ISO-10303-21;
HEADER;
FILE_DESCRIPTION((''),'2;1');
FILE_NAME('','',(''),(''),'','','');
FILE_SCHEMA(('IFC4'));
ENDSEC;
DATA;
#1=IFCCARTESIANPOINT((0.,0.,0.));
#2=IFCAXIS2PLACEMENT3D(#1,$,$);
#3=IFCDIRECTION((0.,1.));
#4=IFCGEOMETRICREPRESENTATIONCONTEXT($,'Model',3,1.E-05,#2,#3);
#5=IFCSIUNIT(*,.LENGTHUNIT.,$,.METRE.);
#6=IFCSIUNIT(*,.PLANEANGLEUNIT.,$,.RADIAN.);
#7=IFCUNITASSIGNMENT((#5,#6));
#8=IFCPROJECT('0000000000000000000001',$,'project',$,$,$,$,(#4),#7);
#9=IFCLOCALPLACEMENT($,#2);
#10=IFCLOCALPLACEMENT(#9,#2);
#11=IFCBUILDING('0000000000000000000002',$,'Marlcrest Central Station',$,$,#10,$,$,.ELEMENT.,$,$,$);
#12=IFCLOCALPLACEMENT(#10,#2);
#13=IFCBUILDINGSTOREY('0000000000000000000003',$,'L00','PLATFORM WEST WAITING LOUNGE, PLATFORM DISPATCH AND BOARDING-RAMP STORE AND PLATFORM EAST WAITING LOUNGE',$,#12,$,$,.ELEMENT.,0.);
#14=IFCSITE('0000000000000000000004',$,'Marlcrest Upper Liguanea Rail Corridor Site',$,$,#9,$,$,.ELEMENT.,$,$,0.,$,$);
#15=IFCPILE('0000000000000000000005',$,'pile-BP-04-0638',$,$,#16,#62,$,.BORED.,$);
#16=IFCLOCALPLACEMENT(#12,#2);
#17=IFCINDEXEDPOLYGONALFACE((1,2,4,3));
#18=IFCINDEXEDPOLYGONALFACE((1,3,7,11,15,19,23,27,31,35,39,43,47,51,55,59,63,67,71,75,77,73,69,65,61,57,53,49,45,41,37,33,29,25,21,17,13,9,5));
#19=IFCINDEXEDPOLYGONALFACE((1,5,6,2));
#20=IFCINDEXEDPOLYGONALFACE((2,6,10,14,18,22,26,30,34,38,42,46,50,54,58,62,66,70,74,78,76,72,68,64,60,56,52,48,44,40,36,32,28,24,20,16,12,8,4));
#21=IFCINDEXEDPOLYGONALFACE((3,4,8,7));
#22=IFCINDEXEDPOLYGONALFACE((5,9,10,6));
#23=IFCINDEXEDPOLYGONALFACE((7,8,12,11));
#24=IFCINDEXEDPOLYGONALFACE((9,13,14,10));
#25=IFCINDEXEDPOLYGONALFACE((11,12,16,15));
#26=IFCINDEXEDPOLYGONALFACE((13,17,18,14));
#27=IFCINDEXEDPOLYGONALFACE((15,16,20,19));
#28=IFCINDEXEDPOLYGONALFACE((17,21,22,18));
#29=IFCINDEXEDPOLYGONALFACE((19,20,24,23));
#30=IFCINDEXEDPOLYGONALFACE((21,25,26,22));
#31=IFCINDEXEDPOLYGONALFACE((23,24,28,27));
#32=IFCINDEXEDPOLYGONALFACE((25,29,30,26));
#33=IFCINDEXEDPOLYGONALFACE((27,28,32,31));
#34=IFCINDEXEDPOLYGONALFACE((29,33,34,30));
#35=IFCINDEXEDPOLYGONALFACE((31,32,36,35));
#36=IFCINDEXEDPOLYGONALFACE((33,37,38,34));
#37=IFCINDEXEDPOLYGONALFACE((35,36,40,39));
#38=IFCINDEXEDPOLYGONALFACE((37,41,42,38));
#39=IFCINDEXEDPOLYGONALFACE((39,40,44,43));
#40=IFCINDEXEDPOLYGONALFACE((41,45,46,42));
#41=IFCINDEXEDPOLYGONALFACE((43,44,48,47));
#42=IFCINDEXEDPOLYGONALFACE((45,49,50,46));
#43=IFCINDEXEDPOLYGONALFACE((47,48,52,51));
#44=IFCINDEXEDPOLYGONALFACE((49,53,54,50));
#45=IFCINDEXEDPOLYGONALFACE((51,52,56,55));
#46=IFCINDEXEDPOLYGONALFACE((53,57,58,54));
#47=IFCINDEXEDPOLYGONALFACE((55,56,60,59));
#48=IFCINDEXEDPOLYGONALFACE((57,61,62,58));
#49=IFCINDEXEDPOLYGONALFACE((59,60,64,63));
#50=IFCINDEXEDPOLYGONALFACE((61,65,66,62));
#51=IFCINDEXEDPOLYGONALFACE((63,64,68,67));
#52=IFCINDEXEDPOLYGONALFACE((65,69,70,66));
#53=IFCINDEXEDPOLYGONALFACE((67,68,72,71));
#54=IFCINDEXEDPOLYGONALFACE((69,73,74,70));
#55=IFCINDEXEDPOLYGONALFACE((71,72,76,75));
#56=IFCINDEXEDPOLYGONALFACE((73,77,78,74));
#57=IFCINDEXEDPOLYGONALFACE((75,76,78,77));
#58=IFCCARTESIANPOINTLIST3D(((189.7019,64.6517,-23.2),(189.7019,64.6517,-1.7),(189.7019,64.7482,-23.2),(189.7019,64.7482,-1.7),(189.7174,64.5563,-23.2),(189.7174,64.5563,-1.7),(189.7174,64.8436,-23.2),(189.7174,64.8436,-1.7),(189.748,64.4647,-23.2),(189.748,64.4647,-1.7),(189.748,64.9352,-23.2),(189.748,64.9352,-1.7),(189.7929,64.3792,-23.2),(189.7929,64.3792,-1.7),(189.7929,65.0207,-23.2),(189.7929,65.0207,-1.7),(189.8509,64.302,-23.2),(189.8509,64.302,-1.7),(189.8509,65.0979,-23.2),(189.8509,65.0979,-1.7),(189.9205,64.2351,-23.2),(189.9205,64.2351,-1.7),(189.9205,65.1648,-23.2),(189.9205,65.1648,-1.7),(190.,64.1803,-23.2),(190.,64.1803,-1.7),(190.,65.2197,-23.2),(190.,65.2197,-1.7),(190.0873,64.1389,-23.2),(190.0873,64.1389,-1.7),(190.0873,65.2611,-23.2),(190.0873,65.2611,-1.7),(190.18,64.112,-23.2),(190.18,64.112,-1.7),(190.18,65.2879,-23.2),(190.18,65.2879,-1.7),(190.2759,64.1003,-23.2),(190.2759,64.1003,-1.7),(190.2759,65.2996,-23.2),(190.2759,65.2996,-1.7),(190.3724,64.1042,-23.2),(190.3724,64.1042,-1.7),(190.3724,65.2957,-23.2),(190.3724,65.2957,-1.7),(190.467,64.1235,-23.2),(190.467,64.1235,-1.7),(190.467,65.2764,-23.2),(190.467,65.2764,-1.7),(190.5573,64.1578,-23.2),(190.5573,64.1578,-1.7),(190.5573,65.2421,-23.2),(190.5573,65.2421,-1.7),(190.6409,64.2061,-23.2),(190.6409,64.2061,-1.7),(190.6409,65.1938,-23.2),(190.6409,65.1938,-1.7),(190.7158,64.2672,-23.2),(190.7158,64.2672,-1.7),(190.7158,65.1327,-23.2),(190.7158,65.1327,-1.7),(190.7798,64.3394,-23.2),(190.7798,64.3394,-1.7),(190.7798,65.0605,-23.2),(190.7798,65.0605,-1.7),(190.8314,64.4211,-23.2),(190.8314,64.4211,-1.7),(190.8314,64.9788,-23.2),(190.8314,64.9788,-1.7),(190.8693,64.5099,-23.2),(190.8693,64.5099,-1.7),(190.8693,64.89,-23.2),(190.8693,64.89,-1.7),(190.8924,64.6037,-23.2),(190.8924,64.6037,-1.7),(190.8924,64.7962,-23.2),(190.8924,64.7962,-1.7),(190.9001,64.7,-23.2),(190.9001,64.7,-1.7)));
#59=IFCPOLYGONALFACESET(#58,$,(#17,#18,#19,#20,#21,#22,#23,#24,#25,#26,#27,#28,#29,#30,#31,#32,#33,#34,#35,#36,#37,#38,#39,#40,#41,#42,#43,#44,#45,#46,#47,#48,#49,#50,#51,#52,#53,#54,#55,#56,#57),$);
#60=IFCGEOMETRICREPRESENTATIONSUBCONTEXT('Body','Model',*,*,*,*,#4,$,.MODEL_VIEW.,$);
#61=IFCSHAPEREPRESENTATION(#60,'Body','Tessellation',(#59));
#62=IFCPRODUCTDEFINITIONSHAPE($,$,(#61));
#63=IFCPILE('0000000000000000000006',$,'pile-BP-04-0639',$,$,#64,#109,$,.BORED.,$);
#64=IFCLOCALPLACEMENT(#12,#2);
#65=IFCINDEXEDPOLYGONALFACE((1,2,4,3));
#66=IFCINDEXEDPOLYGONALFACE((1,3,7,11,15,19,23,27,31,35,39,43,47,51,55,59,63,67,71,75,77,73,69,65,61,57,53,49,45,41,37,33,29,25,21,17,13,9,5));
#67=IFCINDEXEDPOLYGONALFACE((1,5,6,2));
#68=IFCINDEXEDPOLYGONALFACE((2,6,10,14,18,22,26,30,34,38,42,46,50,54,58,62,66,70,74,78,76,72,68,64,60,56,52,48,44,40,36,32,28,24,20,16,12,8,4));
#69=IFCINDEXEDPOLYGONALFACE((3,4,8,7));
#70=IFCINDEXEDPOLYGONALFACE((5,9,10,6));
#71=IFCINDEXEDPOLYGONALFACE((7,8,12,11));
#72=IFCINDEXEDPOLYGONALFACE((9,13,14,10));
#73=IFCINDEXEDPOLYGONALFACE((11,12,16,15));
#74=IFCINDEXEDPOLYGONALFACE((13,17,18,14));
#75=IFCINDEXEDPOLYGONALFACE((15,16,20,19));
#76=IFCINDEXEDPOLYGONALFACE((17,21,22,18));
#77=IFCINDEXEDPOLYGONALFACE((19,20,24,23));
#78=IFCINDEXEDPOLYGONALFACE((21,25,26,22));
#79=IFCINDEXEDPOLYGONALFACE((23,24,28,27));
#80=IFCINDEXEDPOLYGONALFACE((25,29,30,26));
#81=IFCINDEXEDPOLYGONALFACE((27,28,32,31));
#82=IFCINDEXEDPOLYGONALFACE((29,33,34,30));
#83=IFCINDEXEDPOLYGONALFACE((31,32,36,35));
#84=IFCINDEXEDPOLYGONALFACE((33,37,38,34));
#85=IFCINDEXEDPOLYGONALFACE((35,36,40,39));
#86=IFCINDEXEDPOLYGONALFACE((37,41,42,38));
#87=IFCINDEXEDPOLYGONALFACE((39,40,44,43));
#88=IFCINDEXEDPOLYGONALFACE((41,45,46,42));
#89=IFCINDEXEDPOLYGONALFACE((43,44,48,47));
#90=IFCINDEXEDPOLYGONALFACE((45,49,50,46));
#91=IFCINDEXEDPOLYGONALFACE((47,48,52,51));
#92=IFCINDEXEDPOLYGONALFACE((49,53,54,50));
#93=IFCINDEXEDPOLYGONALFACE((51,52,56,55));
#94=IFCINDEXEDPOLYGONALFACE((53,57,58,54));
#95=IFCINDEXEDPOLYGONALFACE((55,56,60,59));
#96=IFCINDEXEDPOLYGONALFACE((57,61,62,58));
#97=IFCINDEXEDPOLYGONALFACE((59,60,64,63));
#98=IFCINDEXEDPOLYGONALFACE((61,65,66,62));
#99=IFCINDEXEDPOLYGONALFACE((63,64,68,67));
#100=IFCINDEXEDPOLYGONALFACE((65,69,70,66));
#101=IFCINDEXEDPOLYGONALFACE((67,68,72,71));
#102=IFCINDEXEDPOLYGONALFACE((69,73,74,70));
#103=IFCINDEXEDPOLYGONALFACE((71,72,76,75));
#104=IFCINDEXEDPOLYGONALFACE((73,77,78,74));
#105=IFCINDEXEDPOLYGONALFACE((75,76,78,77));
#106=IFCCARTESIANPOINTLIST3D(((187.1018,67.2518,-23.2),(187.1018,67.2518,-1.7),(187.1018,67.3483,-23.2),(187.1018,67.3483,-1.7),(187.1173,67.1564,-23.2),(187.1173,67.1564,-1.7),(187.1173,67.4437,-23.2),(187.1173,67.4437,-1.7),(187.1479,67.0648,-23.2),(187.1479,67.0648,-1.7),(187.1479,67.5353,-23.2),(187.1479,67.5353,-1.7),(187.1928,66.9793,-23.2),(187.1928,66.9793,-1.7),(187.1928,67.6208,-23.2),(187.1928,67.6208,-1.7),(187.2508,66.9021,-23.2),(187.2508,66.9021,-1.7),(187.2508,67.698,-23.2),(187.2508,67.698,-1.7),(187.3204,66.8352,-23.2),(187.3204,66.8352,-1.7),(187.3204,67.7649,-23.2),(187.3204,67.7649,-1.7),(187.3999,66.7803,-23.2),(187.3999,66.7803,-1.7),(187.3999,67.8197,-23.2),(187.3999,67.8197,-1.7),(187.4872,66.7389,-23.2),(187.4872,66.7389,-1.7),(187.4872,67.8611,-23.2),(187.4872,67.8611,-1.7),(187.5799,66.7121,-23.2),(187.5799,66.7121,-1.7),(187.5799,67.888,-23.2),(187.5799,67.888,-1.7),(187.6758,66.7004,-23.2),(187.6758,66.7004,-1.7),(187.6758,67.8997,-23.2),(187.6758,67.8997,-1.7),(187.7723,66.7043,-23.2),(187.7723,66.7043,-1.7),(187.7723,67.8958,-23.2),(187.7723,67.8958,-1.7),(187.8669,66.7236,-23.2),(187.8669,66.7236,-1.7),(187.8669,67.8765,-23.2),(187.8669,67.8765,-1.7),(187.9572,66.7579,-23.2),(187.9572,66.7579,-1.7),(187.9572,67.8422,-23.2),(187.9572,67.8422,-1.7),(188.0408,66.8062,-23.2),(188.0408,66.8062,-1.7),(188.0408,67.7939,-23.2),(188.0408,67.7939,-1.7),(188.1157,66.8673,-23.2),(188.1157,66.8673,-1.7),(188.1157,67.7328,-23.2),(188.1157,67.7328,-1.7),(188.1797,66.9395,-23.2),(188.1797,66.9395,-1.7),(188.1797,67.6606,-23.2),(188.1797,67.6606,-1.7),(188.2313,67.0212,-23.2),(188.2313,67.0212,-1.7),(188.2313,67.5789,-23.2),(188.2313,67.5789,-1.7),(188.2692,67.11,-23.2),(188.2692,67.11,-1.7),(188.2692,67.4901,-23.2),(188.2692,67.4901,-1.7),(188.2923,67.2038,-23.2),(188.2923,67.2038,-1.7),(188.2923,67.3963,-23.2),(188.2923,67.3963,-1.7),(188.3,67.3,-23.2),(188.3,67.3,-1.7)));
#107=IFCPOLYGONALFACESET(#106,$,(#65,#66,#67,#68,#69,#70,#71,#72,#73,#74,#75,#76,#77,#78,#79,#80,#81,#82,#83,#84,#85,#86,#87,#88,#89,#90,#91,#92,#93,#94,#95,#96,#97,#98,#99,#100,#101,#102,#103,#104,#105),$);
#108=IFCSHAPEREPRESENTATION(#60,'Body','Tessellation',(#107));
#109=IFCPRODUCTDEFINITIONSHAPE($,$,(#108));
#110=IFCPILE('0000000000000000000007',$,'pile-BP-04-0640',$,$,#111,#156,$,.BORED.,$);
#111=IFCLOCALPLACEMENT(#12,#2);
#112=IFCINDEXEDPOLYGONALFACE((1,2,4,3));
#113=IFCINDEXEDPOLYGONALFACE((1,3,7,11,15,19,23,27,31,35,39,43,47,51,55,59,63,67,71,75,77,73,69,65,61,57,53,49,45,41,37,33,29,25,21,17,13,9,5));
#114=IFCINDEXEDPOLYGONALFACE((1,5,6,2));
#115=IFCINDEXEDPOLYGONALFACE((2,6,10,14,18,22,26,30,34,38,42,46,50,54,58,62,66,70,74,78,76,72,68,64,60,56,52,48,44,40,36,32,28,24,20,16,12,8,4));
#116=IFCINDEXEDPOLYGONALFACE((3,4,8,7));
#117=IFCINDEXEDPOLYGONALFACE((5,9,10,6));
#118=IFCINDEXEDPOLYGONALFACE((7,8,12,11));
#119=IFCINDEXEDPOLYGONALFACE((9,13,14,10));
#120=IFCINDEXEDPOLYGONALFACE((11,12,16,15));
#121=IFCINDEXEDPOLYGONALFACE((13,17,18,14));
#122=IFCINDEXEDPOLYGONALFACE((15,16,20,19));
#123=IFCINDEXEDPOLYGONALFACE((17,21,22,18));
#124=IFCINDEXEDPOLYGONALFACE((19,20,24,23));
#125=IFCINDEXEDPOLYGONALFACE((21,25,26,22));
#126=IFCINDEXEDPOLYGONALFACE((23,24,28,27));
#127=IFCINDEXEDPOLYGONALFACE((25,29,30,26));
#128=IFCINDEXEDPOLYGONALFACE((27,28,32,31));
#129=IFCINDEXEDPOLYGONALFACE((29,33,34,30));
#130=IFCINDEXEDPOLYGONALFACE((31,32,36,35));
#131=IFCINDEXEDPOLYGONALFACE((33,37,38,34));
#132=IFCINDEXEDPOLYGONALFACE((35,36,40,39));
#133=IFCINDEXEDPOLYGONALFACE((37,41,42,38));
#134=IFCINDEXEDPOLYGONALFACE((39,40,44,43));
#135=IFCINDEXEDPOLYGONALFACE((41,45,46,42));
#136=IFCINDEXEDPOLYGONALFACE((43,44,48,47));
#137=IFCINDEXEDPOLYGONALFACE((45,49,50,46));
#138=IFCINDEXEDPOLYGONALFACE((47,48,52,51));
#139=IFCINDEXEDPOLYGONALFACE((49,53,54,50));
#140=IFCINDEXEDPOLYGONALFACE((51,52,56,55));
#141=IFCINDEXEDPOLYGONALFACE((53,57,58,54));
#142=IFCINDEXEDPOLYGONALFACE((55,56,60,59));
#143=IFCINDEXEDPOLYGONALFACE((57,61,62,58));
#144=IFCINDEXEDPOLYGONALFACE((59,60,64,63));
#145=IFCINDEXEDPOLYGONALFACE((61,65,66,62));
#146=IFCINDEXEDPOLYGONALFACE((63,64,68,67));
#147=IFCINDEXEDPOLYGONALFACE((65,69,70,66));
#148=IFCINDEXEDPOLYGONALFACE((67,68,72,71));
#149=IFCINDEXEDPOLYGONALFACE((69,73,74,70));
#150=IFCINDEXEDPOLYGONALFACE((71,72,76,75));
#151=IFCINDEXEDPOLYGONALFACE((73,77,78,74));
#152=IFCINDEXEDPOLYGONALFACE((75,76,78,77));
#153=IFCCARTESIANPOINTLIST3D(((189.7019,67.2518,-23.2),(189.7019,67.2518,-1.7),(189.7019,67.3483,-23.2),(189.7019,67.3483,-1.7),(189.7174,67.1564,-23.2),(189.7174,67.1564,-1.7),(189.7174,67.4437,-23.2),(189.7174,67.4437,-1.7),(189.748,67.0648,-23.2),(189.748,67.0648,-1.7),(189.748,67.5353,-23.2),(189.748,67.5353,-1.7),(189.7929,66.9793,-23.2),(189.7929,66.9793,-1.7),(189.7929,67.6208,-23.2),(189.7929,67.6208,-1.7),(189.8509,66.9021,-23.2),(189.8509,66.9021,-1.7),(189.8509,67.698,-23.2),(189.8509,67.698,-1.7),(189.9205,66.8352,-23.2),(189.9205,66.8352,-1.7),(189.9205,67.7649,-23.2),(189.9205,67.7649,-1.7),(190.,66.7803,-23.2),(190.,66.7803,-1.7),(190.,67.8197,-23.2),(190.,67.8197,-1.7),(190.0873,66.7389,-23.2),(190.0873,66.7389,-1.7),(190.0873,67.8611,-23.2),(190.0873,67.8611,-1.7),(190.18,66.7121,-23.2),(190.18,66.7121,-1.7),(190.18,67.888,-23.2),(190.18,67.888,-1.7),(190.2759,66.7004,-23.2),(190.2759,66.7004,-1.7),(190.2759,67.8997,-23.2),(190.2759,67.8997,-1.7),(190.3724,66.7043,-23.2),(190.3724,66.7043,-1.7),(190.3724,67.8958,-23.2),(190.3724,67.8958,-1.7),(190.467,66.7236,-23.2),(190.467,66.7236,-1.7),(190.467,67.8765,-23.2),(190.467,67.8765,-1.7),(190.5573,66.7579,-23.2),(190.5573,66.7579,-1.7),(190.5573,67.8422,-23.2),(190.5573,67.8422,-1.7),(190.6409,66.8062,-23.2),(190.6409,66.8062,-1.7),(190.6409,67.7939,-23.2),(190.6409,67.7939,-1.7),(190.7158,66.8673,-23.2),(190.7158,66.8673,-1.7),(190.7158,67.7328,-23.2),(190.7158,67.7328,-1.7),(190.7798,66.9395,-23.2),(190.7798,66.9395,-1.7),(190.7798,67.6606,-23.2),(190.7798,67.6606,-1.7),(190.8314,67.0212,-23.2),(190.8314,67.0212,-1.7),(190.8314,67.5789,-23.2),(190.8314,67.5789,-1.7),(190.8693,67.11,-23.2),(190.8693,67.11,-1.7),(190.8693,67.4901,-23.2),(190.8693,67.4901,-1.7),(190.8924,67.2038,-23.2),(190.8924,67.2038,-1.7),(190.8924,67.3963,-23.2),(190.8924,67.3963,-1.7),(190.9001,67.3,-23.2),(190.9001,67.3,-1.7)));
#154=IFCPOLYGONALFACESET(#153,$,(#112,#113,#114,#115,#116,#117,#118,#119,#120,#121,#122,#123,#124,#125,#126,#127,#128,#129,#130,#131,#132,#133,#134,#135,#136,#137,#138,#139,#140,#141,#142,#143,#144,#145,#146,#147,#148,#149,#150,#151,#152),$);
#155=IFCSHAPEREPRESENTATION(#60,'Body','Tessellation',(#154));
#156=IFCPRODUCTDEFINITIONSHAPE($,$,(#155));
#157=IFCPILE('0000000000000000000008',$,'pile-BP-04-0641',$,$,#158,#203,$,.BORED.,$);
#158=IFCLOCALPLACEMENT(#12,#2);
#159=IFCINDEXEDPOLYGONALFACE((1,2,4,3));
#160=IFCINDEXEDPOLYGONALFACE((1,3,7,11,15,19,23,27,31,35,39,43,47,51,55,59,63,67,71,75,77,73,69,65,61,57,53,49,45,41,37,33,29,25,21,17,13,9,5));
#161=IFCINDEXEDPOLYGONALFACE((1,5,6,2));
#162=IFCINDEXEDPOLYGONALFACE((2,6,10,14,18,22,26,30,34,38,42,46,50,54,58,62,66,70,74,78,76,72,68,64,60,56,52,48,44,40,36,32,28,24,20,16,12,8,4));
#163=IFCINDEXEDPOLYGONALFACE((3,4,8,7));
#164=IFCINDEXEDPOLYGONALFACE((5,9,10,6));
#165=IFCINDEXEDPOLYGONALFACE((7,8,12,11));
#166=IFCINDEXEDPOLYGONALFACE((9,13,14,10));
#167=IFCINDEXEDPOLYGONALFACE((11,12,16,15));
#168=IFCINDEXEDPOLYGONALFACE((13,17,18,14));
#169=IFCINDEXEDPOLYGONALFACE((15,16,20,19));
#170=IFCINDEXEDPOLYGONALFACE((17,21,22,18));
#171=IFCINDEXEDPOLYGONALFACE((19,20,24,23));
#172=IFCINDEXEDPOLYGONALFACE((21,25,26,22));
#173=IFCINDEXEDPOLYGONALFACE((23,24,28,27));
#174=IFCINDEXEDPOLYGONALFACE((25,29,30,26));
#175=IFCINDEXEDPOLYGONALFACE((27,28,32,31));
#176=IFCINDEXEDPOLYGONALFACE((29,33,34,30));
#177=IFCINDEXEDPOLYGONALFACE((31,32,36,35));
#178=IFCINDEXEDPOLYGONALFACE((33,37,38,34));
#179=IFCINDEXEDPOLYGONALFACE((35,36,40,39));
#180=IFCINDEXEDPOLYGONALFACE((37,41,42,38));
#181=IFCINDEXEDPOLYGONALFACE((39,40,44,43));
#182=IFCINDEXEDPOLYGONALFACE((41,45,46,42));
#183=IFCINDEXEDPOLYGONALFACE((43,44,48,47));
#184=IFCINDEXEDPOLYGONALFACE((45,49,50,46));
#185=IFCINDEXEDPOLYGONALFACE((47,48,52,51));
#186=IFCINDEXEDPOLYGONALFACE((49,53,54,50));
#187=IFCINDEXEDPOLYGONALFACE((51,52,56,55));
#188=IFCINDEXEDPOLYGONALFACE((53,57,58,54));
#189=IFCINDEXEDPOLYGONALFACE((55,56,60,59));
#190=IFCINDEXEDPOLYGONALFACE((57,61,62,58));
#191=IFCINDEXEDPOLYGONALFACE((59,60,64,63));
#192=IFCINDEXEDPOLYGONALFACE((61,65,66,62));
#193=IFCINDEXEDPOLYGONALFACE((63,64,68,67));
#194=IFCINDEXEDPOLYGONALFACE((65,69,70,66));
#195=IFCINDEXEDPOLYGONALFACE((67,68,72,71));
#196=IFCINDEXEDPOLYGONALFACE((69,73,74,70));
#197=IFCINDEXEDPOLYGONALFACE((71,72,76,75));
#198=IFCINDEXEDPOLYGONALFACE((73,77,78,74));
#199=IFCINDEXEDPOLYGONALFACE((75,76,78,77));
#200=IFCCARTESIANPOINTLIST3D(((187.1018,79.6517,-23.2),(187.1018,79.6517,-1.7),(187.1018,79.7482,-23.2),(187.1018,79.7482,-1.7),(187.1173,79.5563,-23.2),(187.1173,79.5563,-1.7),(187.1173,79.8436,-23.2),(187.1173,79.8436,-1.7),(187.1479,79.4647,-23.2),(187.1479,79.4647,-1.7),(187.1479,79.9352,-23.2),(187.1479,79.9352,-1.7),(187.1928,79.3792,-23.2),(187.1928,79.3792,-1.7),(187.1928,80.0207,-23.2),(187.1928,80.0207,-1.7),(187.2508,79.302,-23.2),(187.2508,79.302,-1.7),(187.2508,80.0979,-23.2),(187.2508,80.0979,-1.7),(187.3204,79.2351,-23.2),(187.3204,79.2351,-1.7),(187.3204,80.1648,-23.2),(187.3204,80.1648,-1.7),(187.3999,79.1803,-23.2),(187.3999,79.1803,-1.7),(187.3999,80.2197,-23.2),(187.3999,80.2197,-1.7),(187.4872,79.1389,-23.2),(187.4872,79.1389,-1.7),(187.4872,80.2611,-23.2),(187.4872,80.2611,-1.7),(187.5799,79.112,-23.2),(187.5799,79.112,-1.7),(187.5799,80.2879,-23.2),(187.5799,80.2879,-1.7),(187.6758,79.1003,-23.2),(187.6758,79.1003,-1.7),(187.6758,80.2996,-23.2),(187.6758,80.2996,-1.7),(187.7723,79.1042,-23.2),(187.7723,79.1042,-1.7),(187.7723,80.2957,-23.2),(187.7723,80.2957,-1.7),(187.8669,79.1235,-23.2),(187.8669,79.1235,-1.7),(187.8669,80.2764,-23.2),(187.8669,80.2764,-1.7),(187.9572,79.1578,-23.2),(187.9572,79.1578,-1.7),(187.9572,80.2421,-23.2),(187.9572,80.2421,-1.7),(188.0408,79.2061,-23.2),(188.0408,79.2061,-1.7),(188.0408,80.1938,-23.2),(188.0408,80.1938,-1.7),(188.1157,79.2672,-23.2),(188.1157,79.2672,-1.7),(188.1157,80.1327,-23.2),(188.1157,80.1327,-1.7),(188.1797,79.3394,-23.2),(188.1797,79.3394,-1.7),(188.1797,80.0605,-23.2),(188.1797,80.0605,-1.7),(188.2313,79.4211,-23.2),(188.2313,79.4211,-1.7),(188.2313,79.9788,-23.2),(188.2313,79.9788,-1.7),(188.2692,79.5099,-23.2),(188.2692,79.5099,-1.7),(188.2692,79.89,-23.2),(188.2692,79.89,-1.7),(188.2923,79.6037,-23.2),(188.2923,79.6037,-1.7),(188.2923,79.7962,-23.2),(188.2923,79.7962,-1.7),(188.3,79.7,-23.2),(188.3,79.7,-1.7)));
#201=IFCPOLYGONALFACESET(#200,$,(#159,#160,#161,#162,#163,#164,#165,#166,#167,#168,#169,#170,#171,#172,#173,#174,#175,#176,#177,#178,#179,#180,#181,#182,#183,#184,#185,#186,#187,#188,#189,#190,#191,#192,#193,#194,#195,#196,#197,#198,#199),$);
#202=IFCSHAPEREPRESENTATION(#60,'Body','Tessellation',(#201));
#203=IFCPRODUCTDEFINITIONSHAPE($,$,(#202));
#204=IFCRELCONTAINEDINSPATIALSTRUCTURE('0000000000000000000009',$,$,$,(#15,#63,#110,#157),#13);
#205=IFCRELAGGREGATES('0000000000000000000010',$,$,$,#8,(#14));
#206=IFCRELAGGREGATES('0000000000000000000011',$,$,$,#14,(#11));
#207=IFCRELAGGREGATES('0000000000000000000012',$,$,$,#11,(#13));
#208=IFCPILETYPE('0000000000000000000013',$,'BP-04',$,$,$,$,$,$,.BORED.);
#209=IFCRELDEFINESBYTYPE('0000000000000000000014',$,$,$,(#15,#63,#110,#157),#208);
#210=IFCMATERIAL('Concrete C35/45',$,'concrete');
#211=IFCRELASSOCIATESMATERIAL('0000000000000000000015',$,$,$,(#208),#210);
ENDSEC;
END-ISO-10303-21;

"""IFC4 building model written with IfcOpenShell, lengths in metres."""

from ifc_helpers import new_model, si_unit, direction, frame, origin, origin_2d, place, context, subcontext, project, spatial, circle, extrude, material, material_profile, profile_set, type_object, element, save


model = new_model("IFC4")

# Units and contexts
model_context = context("Model", 3, precision=1e-05, world=origin(), true_north=direction((0.0, 1.0)))
body_context = subcontext(model_context, "Body", "Model", "MODEL_VIEW")
ifc_project = project(units=[si_unit("LENGTHUNIT", "METRE"), si_unit("PLANEANGLEUNIT", "RADIAN")], contexts=[model_context])

# Site, building, storey
site_placement = place(None, origin())
site = spatial("IfcSite", under=ifc_project, at=site_placement, Name="Marlcrest Upper Liguanea Rail Corridor Site", CompositionType="ELEMENT", RefElevation=0.0)
building_placement = place(site_placement, origin())
building = spatial("IfcBuilding", under=site, at=building_placement, Name="Marlcrest Central Station", CompositionType="ELEMENT")
storey_placement = place(building_placement, origin())
storey = spatial("IfcBuildingStorey", under=building, at=storey_placement, Name="L00", Description="PLATFORM WEST WAITING LOUNGE, PLATFORM DISPATCH AND BOARDING-RAMP STORE AND PLATFORM EAST WAITING LOUNGE", CompositionType="ELEMENT", Elevation=0.0)

# Piles
ifc_material_1 = material(Name="Concrete C35/45", Category="concrete")
ifc_material_profile_1 = material_profile(ifc_material_1, circle(Radius=0.6001, at=origin_2d()), Name="PILE D1200")
ifc_profile_set_1 = profile_set([ifc_material_profile_1], Name="Concrete C35/45")
pile_type = type_object("IfcPileType", Name="BP-04", PredefinedType="BORED", material=ifc_profile_set_1)
for number, where, z_axis, x_axis, name in (
    (1, (190.3, 64.7, -1.7), (0.0, 0.0, -1.0), (1.0, 0.0, 0.0), "pile-BP-04-0638"),
    (2, (187.7, 67.3, -1.7), (0.0, 0.0, -1.0), (1.0, 0.0, 0.0), "pile-BP-04-0639"),
    (3, (190.3, 67.3, -1.7), (0.0, 0.0, -1.0), (1.0, 0.0, 0.0), "pile-BP-04-0640"),
    (4, (187.7, 79.7, -1.7), (0.0, 0.0, -1.0), (1.0, 0.0, 0.0), "pile-BP-04-0641"),
):
    element("IfcPile", number, at=place(storey_placement, frame(where, z_axis=z_axis, x_axis=x_axis)), inside=storey, type_object=pile_type, Name=name, PredefinedType="BORED", context=body_context, shape_type="SweptSolid", body=[
        extrude(circle(Radius=0.6001, at=origin_2d()), origin(), (0.0, 0.0, 1.0), 21.5),
    ])

save(model, "model.ifc")
